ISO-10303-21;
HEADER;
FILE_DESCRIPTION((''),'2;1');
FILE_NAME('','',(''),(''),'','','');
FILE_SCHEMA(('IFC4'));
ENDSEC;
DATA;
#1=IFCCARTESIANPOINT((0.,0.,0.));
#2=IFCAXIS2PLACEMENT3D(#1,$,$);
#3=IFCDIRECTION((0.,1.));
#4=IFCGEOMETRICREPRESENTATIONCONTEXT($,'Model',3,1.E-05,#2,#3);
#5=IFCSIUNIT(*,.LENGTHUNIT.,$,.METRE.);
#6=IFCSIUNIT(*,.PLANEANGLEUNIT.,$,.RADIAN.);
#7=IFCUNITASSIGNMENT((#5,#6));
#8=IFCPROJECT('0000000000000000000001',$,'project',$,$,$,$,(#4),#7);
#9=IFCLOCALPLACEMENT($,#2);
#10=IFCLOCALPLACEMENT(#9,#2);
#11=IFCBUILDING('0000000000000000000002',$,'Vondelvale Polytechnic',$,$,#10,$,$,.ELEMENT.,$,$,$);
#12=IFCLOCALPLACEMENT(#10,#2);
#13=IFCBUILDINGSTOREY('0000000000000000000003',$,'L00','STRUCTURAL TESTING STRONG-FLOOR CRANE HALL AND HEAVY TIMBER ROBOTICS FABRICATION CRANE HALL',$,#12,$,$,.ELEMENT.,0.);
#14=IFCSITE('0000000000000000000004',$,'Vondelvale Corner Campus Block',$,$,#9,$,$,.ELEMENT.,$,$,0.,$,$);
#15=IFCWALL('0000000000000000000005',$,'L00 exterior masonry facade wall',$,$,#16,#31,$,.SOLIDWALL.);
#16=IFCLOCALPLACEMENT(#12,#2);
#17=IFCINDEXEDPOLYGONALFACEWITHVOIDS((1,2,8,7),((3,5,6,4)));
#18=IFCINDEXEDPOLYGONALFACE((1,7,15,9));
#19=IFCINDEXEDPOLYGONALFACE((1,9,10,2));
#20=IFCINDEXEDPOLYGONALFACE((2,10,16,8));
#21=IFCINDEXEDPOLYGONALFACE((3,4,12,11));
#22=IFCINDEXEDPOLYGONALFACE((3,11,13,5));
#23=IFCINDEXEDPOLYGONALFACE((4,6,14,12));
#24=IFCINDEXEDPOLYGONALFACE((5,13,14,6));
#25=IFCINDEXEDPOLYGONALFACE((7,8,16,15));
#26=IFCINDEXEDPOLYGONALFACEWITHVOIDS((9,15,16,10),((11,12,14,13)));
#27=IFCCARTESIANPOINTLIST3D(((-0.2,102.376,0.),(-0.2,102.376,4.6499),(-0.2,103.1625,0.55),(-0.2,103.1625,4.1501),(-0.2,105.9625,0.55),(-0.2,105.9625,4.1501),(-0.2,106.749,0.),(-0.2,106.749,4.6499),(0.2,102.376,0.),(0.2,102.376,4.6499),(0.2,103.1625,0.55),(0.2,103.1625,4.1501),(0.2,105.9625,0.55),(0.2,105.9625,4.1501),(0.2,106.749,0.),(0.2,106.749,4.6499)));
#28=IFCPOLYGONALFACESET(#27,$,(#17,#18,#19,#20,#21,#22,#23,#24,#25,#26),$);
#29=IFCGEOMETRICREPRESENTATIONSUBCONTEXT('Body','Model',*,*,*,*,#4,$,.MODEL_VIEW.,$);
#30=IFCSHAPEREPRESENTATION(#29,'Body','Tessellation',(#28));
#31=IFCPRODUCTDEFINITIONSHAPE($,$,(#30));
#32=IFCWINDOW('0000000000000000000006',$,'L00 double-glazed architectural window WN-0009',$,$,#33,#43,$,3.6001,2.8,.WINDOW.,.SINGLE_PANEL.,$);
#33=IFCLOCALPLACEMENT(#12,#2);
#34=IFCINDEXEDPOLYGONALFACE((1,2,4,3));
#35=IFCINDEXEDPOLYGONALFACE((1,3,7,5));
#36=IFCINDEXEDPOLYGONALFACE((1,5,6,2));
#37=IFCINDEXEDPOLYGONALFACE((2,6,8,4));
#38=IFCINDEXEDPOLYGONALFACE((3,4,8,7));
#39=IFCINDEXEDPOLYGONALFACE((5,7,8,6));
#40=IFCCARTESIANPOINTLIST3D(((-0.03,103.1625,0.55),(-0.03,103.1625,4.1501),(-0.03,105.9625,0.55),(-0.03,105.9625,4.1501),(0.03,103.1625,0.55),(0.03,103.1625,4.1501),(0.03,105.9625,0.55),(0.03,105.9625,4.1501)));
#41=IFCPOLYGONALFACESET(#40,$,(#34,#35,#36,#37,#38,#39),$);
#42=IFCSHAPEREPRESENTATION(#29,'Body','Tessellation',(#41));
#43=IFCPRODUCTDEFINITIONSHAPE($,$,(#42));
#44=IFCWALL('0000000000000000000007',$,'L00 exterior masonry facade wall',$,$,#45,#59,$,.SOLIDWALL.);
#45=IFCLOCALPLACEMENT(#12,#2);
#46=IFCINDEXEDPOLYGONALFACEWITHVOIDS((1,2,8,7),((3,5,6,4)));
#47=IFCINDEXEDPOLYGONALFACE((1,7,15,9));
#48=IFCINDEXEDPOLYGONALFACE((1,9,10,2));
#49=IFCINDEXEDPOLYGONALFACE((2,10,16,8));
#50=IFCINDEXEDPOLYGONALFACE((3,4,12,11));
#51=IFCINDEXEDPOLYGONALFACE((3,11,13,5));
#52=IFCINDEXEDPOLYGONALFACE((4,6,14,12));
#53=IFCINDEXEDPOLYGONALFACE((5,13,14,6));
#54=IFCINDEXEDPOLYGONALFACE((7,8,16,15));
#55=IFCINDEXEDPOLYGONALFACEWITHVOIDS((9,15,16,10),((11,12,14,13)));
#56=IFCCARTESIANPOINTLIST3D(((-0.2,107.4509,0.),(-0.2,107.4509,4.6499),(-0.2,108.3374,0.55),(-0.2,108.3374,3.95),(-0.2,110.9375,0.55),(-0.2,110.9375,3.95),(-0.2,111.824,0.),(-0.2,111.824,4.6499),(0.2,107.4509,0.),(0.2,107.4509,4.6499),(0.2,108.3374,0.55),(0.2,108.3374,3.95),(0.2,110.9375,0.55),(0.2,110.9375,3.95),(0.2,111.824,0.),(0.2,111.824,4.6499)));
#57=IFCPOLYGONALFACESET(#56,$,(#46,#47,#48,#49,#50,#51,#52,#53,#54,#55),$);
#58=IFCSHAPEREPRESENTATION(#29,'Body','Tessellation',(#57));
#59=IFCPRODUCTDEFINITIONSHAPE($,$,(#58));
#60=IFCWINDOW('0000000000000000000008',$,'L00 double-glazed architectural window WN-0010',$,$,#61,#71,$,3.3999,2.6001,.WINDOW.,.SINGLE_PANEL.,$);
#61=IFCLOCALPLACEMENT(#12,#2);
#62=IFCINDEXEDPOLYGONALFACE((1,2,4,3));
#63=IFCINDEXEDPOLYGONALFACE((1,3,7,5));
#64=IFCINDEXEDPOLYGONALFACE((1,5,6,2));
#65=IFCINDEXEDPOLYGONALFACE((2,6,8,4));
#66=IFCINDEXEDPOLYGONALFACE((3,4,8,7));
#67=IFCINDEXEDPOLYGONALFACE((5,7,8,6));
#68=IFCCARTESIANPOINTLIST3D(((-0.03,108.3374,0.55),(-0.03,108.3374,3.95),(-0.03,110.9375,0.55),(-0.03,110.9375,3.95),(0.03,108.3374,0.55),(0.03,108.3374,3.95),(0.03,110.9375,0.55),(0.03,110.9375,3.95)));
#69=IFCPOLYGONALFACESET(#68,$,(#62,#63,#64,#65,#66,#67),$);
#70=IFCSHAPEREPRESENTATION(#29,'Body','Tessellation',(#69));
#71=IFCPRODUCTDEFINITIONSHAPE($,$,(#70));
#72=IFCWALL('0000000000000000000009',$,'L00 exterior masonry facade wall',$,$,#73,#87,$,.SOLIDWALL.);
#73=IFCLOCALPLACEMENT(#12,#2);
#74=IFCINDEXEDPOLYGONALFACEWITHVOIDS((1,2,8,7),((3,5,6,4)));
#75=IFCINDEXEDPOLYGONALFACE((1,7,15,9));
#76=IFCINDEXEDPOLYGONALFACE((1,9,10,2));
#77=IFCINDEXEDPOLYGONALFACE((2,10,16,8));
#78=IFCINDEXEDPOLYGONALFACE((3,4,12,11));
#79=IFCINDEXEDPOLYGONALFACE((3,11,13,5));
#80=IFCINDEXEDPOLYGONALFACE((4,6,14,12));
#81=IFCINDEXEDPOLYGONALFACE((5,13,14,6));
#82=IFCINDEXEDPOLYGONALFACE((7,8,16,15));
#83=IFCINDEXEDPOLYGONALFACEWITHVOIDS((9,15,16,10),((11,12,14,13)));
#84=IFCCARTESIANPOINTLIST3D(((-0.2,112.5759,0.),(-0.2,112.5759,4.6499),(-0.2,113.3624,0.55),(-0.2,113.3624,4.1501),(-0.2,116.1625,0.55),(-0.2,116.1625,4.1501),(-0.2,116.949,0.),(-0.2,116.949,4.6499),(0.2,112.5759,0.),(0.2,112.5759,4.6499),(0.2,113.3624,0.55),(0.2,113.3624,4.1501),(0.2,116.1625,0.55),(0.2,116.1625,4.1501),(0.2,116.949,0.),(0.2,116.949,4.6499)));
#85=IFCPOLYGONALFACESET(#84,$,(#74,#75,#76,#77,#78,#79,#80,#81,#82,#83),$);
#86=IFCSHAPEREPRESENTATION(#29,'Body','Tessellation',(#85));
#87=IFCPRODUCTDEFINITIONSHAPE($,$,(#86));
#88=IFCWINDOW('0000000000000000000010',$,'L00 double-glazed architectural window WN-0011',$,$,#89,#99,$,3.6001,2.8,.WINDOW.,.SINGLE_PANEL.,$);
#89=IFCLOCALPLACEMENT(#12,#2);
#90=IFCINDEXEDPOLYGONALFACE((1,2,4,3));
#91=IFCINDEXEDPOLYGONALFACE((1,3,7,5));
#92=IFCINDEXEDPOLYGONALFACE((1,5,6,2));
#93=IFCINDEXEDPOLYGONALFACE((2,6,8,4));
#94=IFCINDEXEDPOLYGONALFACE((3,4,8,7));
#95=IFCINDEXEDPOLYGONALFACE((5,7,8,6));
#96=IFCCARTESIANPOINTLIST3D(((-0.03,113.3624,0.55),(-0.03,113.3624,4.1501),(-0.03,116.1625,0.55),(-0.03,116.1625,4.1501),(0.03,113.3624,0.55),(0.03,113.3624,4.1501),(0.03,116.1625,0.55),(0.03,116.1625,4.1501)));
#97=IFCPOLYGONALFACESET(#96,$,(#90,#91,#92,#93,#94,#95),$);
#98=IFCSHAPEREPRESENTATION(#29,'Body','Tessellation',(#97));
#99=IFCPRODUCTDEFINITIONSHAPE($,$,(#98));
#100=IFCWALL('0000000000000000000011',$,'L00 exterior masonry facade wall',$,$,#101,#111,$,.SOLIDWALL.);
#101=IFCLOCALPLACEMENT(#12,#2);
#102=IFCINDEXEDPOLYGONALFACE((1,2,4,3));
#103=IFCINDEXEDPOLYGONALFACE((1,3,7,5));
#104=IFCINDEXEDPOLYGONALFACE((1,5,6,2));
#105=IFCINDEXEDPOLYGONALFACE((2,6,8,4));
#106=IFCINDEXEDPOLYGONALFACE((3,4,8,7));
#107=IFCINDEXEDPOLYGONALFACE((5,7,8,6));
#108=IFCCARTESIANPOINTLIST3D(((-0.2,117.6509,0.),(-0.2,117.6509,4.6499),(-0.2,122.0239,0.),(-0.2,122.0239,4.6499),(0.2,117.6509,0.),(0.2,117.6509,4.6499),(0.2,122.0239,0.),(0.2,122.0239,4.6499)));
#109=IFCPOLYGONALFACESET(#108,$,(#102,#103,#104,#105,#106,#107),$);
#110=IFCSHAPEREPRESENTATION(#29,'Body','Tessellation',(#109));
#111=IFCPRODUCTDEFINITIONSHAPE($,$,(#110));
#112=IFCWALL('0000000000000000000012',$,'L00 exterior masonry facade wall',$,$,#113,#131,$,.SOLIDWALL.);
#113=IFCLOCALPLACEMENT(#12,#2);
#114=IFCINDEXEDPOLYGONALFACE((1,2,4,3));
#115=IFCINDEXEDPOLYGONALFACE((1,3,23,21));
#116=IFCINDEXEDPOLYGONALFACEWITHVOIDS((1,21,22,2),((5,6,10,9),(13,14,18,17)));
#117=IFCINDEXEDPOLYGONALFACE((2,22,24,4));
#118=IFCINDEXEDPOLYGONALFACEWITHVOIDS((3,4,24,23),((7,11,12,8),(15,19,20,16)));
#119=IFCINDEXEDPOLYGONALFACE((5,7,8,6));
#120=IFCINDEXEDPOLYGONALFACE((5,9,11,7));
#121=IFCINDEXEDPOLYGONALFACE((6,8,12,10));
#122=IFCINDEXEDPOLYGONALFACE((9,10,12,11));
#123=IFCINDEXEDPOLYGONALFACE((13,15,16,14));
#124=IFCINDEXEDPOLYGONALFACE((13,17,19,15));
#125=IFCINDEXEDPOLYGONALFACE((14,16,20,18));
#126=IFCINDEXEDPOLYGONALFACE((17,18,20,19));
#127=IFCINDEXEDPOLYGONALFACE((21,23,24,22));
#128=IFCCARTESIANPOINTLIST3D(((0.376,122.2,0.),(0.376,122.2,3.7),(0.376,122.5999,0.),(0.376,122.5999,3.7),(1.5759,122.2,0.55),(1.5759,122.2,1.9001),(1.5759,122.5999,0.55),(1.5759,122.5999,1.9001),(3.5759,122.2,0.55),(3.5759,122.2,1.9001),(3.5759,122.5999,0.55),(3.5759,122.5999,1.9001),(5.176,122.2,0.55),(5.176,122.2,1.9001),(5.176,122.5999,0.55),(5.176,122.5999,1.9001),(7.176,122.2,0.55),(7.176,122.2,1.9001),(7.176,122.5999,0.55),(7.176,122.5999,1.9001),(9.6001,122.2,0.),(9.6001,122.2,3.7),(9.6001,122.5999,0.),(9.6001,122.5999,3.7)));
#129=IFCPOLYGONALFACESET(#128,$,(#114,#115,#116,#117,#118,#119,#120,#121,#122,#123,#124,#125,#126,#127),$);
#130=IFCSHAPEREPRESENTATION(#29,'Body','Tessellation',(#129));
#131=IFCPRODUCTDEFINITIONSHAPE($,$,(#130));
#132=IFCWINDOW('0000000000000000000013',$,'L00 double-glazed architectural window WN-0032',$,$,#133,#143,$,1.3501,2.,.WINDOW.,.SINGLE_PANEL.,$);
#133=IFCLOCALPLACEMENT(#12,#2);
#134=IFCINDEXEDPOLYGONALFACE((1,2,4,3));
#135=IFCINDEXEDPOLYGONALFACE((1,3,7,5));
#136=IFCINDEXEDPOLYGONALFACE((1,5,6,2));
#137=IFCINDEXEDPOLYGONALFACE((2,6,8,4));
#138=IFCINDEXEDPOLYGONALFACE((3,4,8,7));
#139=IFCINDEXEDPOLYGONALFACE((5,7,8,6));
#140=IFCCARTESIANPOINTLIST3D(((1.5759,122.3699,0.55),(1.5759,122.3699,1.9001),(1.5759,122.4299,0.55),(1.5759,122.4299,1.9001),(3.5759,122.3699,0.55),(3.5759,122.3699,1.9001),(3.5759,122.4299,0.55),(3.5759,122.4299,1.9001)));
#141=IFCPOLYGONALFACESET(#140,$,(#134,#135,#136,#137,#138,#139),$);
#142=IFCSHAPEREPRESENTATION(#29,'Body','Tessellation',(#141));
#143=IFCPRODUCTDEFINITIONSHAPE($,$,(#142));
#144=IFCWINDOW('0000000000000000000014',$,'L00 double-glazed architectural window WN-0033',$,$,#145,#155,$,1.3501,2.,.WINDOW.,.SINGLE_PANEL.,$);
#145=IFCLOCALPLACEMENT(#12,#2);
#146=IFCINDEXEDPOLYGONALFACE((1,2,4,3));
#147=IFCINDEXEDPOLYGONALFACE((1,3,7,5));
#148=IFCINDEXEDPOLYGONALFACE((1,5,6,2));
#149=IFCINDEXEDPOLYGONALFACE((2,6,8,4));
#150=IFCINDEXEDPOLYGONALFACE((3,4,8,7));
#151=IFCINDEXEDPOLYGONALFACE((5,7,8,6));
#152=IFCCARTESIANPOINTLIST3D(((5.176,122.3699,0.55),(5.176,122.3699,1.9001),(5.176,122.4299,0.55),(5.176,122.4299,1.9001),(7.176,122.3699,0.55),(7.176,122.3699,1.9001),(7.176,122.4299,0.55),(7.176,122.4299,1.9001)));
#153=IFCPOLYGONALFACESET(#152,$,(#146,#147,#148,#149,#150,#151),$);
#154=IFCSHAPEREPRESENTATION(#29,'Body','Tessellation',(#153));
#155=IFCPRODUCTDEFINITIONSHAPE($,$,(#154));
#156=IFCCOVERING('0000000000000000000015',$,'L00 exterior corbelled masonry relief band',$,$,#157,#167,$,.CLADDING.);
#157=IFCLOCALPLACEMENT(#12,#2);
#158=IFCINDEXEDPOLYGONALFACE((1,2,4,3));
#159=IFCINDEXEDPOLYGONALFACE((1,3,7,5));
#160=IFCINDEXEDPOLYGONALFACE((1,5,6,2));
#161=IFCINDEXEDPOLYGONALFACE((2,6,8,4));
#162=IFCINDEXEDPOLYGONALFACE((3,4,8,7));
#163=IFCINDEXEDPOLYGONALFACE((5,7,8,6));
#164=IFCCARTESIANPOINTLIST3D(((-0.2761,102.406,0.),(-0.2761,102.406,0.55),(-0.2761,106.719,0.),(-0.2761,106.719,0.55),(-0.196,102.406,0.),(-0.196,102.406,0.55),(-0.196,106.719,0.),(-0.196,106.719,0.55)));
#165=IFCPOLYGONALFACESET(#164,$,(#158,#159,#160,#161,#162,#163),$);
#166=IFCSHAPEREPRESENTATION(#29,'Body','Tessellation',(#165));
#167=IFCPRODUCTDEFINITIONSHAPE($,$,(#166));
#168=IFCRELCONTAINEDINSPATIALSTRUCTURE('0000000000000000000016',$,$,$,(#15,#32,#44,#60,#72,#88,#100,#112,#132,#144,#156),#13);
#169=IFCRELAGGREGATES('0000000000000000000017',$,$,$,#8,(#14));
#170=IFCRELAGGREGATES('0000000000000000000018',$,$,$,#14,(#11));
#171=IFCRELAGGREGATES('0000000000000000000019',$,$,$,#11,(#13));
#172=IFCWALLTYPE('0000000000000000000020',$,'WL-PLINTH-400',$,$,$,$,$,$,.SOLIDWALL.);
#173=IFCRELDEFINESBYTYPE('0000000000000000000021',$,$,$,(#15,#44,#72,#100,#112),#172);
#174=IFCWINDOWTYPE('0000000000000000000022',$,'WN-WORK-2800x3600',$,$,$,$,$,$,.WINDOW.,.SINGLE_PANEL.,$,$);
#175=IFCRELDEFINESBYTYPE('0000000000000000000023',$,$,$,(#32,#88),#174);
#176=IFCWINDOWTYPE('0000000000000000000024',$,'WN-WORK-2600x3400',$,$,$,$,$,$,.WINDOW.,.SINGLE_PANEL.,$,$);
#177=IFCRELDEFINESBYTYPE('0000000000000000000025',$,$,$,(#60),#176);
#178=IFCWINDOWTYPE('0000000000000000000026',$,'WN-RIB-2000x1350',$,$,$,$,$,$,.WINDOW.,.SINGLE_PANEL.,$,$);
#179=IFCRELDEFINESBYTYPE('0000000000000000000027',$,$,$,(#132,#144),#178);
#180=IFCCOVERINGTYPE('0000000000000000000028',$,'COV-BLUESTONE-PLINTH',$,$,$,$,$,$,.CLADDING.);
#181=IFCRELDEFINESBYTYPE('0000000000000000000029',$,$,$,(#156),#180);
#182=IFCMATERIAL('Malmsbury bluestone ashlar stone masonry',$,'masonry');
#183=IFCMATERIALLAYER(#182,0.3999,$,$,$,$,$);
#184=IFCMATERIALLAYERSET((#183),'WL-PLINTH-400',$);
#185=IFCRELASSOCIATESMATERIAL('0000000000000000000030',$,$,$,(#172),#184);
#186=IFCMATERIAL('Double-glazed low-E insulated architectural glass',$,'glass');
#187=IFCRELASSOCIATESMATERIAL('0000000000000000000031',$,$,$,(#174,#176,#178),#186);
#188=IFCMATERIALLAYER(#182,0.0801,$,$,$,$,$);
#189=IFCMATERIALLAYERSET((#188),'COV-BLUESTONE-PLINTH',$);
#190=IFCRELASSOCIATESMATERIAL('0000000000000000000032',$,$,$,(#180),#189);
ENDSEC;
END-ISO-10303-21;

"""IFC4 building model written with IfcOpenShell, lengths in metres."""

from ifc_helpers import new_model, si_unit, direction, frame, frame_2d, origin, origin_2d, place, context, subcontext, project, spatial, rectangle, extrude, material, layer, layer_set, type_object, element, fill, save


model = new_model("IFC4")

# Units and contexts
model_context = context("Model", 3, precision=1e-05, world=origin(), true_north=direction((0.0, 1.0)))
body_context = subcontext(model_context, "Body", "Model", "MODEL_VIEW")
ifc_project = project(units=[si_unit("LENGTHUNIT", "METRE"), si_unit("PLANEANGLEUNIT", "RADIAN")], contexts=[model_context])

# Site, building, storey
site_placement = place(None, origin())
site = spatial("IfcSite", under=ifc_project, at=site_placement, Name="Vondelvale Corner Campus Block", CompositionType="ELEMENT", RefElevation=0.0)
building_placement = place(site_placement, origin())
building = spatial("IfcBuilding", under=site, at=building_placement, Name="Vondelvale Polytechnic", CompositionType="ELEMENT")
storey_placement = place(building_placement, origin())
storey = spatial("IfcBuildingStorey", under=building, at=storey_placement, Name="L00", Description="STRUCTURAL TESTING STRONG-FLOOR CRANE HALL AND HEAVY TIMBER ROBOTICS FABRICATION CRANE HALL", CompositionType="ELEMENT", Elevation=0.0)

# Walls, openings, windows
ifc_material_1 = material(Name="Malmsbury bluestone ashlar stone masonry", Category="masonry")
ifc_layer_1 = layer(ifc_material_1, 0.3999)
ifc_layer_set_1 = layer_set([ifc_layer_1], Name="WL-PLINTH-400")
wall_type = type_object("IfcWallType", Name="WL-PLINTH-400", PredefinedType="SOLIDWALL", material=ifc_layer_set_1)
wall_1_placement = place(storey_placement, frame((0.0, 102.376, 0.0), z_axis=(0.0, 0.0, 1.0), x_axis=(0.0, 1.0, 0.0)))
wall_1 = element("IfcWall", 1, at=wall_1_placement, inside=storey, type_object=wall_type, Name="L00 exterior masonry facade wall", PredefinedType="SOLIDWALL", context=body_context, shape_type="SweptSolid", body=[
    extrude(rectangle(XDim=4.373, YDim=0.3999, at=frame_2d((2.1865, 0.0))), origin(), (0.0, 0.0, 1.0), 4.6499),
])
opening_1_placement = place(wall_1_placement, frame((0.7866, 0.0, 0.55)))
opening_1 = element("IfcOpeningElement", 2, at=opening_1_placement, cuts=wall_1, PredefinedType="OPENING", context=body_context, shape_type="SweptSolid", body=[
    extrude(rectangle(XDim=2.8, YDim=3.6001, at=frame_2d((1.3999, 1.8))), frame((0.0, 0.21, 0.0), z_axis=(0.0, -1.0, 0.0), x_axis=(1.0, 0.0, 0.0)), (0.0, 0.0, 1.0), 0.4199),
])
ifc_material_2 = material(Name="Double-glazed low-E insulated architectural glass", Category="glass")
window_type_1 = type_object("IfcWindowType", Name="WN-WORK-2800x3600", PartitioningType="SINGLE_PANEL", PredefinedType="WINDOW", material=ifc_material_2)
window_1_placement = place(opening_1_placement, origin())
window_1 = element("IfcWindow", 3, at=window_1_placement, inside=storey, type_object=window_type_1, Name="L00 double-glazed architectural window WN-0009", OverallHeight=3.6001, OverallWidth=2.8, PartitioningType="SINGLE_PANEL", PredefinedType="WINDOW", context=body_context, shape_type="SweptSolid", body=[
    extrude(rectangle(XDim=2.8, YDim=3.6001, at=frame_2d((1.3999, 1.8))), frame((0.0, 0.03, 0.0), z_axis=(0.0, -1.0, 0.0), x_axis=(1.0, 0.0, 0.0)), (0.0, 0.0, 1.0), 0.0601),
])
fill(opening_1, window_1)
wall_2_placement = place(storey_placement, frame((0.0, 107.4509, 0.0), z_axis=(0.0, 0.0, 1.0), x_axis=(0.0, 1.0, 0.0)))
wall_2 = element("IfcWall", 4, at=wall_2_placement, inside=storey, type_object=wall_type, Name="L00 exterior masonry facade wall", PredefinedType="SOLIDWALL", context=body_context, shape_type="SweptSolid", body=[
    extrude(rectangle(XDim=4.373, YDim=0.3999, at=frame_2d((2.1865, 0.0))), origin(), (0.0, 0.0, 1.0), 4.6499),
])
opening_2_placement = place(wall_2_placement, frame((0.8865, 0.0, 0.55)))
opening_2 = element("IfcOpeningElement", 5, at=opening_2_placement, cuts=wall_2, PredefinedType="OPENING", context=body_context, shape_type="SweptSolid", body=[
    extrude(rectangle(XDim=2.6001, YDim=3.3999, at=frame_2d((1.3, 1.7))), frame((0.0, 0.21, 0.0), z_axis=(0.0, -1.0, 0.0), x_axis=(1.0, 0.0, 0.0)), (0.0, 0.0, 1.0), 0.4199),
])
window_type_2 = type_object("IfcWindowType", Name="WN-WORK-2600x3400", PartitioningType="SINGLE_PANEL", PredefinedType="WINDOW", material=ifc_material_2)
window_2_placement = place(opening_2_placement, origin())
window_2 = element("IfcWindow", 6, at=window_2_placement, inside=storey, type_object=window_type_2, Name="L00 double-glazed architectural window WN-0010", OverallHeight=3.3999, OverallWidth=2.6001, PartitioningType="SINGLE_PANEL", PredefinedType="WINDOW", context=body_context, shape_type="SweptSolid", body=[
    extrude(rectangle(XDim=2.6001, YDim=3.3999, at=frame_2d((1.3, 1.7))), frame((0.0, 0.03, 0.0), z_axis=(0.0, -1.0, 0.0), x_axis=(1.0, 0.0, 0.0)), (0.0, 0.0, 1.0), 0.0601),
])
fill(opening_2, window_2)
wall_3_placement = place(storey_placement, frame((0.0, 112.5759, 0.0), z_axis=(0.0, 0.0, 1.0), x_axis=(0.0, 1.0, 0.0)))
wall_3 = element("IfcWall", 7, at=wall_3_placement, inside=storey, type_object=wall_type, Name="L00 exterior masonry facade wall", PredefinedType="SOLIDWALL", context=body_context, shape_type="SweptSolid", body=[
    extrude(rectangle(XDim=4.373, YDim=0.3999, at=frame_2d((2.1865, 0.0))), origin(), (0.0, 0.0, 1.0), 4.6499),
])
opening_3_placement = place(wall_3_placement, frame((0.7866, 0.0, 0.55)))
opening_3 = element("IfcOpeningElement", 8, at=opening_3_placement, cuts=wall_3, PredefinedType="OPENING", context=body_context, shape_type="SweptSolid", body=[
    extrude(rectangle(XDim=2.8, YDim=3.6001, at=frame_2d((1.3999, 1.8))), frame((0.0, 0.21, 0.0), z_axis=(0.0, -1.0, 0.0), x_axis=(1.0, 0.0, 0.0)), (0.0, 0.0, 1.0), 0.4199),
])
window_3_placement = place(opening_3_placement, origin())
window_3 = element("IfcWindow", 9, at=window_3_placement, inside=storey, type_object=window_type_1, Name="L00 double-glazed architectural window WN-0011", OverallHeight=3.6001, OverallWidth=2.8, PartitioningType="SINGLE_PANEL", PredefinedType="WINDOW", context=body_context, shape_type="SweptSolid", body=[
    extrude(rectangle(XDim=2.8, YDim=3.6001, at=frame_2d((1.3999, 1.8))), frame((0.0, 0.03, 0.0), z_axis=(0.0, -1.0, 0.0), x_axis=(1.0, 0.0, 0.0)), (0.0, 0.0, 1.0), 0.0601),
])
fill(opening_3, window_3)

# Wall
wall_4_placement = place(storey_placement, frame((0.0, 117.6509, 0.0), z_axis=(0.0, 0.0, 1.0), x_axis=(0.0, 1.0, 0.0)))
element("IfcWall", 10, at=wall_4_placement, inside=storey, type_object=wall_type, Name="L00 exterior masonry facade wall", PredefinedType="SOLIDWALL", context=body_context, shape_type="SweptSolid", body=[
    extrude(rectangle(XDim=4.373, YDim=0.3999, at=frame_2d((2.1865, 0.0))), origin(), (0.0, 0.0, 1.0), 4.6499),
])

# Wall, openings, windows
wall_5_placement = place(storey_placement, frame((0.376, 122.3999, 0.0), z_axis=(0.0, 0.0, 1.0), x_axis=(1.0, 0.0, 0.0)))
wall_5 = element("IfcWall", 11, at=wall_5_placement, inside=storey, type_object=wall_type, Name="L00 exterior masonry facade wall", PredefinedType="SOLIDWALL", context=body_context, shape_type="SweptSolid", body=[
    extrude(rectangle(XDim=9.2241, YDim=0.3999, at=frame_2d((4.6121, 0.0))), origin(), (0.0, 0.0, 1.0), 3.7),
])
opening_4_placement = place(wall_5_placement, frame((1.2, 0.0, 0.55)))
opening_4 = element("IfcOpeningElement", 12, at=opening_4_placement, cuts=wall_5, PredefinedType="OPENING", context=body_context, shape_type="SweptSolid", body=[
    extrude(rectangle(XDim=2.0, YDim=1.3501, at=frame_2d((1.0, 0.675))), frame((0.0, 0.21, 0.0), z_axis=(0.0, -1.0, 0.0), x_axis=(1.0, 0.0, 0.0)), (0.0, 0.0, 1.0), 0.4199),
])
opening_5_placement = place(wall_5_placement, frame((4.8, 0.0, 0.55)))
opening_5 = element("IfcOpeningElement", 13, at=opening_5_placement, cuts=wall_5, PredefinedType="OPENING", context=body_context, shape_type="SweptSolid", body=[
    extrude(rectangle(XDim=2.0, YDim=1.3501, at=frame_2d((1.0, 0.675))), frame((0.0, 0.21, 0.0), z_axis=(0.0, -1.0, 0.0), x_axis=(1.0, 0.0, 0.0)), (0.0, 0.0, 1.0), 0.4199),
])
window_type_3 = type_object("IfcWindowType", Name="WN-RIB-2000x1350", PartitioningType="SINGLE_PANEL", PredefinedType="WINDOW", material=ifc_material_2)
window_4_placement = place(opening_4_placement, origin())
window_4 = element("IfcWindow", 14, at=window_4_placement, inside=storey, type_object=window_type_3, Name="L00 double-glazed architectural window WN-0032", OverallHeight=1.3501, OverallWidth=2.0, PartitioningType="SINGLE_PANEL", PredefinedType="WINDOW", context=body_context, shape_type="SweptSolid", body=[
    extrude(rectangle(XDim=2.0, YDim=1.3501, at=frame_2d((1.0, 0.675))), frame((0.0, 0.03, 0.0), z_axis=(0.0, -1.0, 0.0), x_axis=(1.0, 0.0, 0.0)), (0.0, 0.0, 1.0), 0.0601),
])
fill(opening_4, window_4)
window_5_placement = place(opening_5_placement, origin())
window_5 = element("IfcWindow", 15, at=window_5_placement, inside=storey, type_object=window_type_3, Name="L00 double-glazed architectural window WN-0033", OverallHeight=1.3501, OverallWidth=2.0, PartitioningType="SINGLE_PANEL", PredefinedType="WINDOW", context=body_context, shape_type="SweptSolid", body=[
    extrude(rectangle(XDim=2.0, YDim=1.3501, at=frame_2d((1.0, 0.675))), frame((0.0, 0.03, 0.0), z_axis=(0.0, -1.0, 0.0), x_axis=(1.0, 0.0, 0.0)), (0.0, 0.0, 1.0), 0.0601),
])
fill(opening_5, window_5)

# Covering
ifc_layer_2 = layer(ifc_material_1, 0.0801)
ifc_layer_set_2 = layer_set([ifc_layer_2], Name="COV-BLUESTONE-PLINTH")
covering_type = type_object("IfcCoveringType", Name="COV-BLUESTONE-PLINTH", PredefinedType="CLADDING", material=ifc_layer_set_2)
for number, where, z_axis, x_axis, name in (
    (16, (-0.2361, 104.5625, 0.0), (0.0, 0.0, 1.0), (0.0, 1.0, 0.0), "L00 exterior corbelled masonry relief band"),
):
    element("IfcCovering", number, at=place(storey_placement, frame(where, z_axis=z_axis, x_axis=x_axis)), inside=storey, type_object=covering_type, Name=name, PredefinedType="CLADDING", context=body_context, shape_type="SweptSolid", body=[
        extrude(rectangle(XDim=4.313, YDim=0.0801, at=origin_2d()), origin(), (0.0, 0.0, 1.0), 0.55),
    ])

save(model, "model.ifc")
